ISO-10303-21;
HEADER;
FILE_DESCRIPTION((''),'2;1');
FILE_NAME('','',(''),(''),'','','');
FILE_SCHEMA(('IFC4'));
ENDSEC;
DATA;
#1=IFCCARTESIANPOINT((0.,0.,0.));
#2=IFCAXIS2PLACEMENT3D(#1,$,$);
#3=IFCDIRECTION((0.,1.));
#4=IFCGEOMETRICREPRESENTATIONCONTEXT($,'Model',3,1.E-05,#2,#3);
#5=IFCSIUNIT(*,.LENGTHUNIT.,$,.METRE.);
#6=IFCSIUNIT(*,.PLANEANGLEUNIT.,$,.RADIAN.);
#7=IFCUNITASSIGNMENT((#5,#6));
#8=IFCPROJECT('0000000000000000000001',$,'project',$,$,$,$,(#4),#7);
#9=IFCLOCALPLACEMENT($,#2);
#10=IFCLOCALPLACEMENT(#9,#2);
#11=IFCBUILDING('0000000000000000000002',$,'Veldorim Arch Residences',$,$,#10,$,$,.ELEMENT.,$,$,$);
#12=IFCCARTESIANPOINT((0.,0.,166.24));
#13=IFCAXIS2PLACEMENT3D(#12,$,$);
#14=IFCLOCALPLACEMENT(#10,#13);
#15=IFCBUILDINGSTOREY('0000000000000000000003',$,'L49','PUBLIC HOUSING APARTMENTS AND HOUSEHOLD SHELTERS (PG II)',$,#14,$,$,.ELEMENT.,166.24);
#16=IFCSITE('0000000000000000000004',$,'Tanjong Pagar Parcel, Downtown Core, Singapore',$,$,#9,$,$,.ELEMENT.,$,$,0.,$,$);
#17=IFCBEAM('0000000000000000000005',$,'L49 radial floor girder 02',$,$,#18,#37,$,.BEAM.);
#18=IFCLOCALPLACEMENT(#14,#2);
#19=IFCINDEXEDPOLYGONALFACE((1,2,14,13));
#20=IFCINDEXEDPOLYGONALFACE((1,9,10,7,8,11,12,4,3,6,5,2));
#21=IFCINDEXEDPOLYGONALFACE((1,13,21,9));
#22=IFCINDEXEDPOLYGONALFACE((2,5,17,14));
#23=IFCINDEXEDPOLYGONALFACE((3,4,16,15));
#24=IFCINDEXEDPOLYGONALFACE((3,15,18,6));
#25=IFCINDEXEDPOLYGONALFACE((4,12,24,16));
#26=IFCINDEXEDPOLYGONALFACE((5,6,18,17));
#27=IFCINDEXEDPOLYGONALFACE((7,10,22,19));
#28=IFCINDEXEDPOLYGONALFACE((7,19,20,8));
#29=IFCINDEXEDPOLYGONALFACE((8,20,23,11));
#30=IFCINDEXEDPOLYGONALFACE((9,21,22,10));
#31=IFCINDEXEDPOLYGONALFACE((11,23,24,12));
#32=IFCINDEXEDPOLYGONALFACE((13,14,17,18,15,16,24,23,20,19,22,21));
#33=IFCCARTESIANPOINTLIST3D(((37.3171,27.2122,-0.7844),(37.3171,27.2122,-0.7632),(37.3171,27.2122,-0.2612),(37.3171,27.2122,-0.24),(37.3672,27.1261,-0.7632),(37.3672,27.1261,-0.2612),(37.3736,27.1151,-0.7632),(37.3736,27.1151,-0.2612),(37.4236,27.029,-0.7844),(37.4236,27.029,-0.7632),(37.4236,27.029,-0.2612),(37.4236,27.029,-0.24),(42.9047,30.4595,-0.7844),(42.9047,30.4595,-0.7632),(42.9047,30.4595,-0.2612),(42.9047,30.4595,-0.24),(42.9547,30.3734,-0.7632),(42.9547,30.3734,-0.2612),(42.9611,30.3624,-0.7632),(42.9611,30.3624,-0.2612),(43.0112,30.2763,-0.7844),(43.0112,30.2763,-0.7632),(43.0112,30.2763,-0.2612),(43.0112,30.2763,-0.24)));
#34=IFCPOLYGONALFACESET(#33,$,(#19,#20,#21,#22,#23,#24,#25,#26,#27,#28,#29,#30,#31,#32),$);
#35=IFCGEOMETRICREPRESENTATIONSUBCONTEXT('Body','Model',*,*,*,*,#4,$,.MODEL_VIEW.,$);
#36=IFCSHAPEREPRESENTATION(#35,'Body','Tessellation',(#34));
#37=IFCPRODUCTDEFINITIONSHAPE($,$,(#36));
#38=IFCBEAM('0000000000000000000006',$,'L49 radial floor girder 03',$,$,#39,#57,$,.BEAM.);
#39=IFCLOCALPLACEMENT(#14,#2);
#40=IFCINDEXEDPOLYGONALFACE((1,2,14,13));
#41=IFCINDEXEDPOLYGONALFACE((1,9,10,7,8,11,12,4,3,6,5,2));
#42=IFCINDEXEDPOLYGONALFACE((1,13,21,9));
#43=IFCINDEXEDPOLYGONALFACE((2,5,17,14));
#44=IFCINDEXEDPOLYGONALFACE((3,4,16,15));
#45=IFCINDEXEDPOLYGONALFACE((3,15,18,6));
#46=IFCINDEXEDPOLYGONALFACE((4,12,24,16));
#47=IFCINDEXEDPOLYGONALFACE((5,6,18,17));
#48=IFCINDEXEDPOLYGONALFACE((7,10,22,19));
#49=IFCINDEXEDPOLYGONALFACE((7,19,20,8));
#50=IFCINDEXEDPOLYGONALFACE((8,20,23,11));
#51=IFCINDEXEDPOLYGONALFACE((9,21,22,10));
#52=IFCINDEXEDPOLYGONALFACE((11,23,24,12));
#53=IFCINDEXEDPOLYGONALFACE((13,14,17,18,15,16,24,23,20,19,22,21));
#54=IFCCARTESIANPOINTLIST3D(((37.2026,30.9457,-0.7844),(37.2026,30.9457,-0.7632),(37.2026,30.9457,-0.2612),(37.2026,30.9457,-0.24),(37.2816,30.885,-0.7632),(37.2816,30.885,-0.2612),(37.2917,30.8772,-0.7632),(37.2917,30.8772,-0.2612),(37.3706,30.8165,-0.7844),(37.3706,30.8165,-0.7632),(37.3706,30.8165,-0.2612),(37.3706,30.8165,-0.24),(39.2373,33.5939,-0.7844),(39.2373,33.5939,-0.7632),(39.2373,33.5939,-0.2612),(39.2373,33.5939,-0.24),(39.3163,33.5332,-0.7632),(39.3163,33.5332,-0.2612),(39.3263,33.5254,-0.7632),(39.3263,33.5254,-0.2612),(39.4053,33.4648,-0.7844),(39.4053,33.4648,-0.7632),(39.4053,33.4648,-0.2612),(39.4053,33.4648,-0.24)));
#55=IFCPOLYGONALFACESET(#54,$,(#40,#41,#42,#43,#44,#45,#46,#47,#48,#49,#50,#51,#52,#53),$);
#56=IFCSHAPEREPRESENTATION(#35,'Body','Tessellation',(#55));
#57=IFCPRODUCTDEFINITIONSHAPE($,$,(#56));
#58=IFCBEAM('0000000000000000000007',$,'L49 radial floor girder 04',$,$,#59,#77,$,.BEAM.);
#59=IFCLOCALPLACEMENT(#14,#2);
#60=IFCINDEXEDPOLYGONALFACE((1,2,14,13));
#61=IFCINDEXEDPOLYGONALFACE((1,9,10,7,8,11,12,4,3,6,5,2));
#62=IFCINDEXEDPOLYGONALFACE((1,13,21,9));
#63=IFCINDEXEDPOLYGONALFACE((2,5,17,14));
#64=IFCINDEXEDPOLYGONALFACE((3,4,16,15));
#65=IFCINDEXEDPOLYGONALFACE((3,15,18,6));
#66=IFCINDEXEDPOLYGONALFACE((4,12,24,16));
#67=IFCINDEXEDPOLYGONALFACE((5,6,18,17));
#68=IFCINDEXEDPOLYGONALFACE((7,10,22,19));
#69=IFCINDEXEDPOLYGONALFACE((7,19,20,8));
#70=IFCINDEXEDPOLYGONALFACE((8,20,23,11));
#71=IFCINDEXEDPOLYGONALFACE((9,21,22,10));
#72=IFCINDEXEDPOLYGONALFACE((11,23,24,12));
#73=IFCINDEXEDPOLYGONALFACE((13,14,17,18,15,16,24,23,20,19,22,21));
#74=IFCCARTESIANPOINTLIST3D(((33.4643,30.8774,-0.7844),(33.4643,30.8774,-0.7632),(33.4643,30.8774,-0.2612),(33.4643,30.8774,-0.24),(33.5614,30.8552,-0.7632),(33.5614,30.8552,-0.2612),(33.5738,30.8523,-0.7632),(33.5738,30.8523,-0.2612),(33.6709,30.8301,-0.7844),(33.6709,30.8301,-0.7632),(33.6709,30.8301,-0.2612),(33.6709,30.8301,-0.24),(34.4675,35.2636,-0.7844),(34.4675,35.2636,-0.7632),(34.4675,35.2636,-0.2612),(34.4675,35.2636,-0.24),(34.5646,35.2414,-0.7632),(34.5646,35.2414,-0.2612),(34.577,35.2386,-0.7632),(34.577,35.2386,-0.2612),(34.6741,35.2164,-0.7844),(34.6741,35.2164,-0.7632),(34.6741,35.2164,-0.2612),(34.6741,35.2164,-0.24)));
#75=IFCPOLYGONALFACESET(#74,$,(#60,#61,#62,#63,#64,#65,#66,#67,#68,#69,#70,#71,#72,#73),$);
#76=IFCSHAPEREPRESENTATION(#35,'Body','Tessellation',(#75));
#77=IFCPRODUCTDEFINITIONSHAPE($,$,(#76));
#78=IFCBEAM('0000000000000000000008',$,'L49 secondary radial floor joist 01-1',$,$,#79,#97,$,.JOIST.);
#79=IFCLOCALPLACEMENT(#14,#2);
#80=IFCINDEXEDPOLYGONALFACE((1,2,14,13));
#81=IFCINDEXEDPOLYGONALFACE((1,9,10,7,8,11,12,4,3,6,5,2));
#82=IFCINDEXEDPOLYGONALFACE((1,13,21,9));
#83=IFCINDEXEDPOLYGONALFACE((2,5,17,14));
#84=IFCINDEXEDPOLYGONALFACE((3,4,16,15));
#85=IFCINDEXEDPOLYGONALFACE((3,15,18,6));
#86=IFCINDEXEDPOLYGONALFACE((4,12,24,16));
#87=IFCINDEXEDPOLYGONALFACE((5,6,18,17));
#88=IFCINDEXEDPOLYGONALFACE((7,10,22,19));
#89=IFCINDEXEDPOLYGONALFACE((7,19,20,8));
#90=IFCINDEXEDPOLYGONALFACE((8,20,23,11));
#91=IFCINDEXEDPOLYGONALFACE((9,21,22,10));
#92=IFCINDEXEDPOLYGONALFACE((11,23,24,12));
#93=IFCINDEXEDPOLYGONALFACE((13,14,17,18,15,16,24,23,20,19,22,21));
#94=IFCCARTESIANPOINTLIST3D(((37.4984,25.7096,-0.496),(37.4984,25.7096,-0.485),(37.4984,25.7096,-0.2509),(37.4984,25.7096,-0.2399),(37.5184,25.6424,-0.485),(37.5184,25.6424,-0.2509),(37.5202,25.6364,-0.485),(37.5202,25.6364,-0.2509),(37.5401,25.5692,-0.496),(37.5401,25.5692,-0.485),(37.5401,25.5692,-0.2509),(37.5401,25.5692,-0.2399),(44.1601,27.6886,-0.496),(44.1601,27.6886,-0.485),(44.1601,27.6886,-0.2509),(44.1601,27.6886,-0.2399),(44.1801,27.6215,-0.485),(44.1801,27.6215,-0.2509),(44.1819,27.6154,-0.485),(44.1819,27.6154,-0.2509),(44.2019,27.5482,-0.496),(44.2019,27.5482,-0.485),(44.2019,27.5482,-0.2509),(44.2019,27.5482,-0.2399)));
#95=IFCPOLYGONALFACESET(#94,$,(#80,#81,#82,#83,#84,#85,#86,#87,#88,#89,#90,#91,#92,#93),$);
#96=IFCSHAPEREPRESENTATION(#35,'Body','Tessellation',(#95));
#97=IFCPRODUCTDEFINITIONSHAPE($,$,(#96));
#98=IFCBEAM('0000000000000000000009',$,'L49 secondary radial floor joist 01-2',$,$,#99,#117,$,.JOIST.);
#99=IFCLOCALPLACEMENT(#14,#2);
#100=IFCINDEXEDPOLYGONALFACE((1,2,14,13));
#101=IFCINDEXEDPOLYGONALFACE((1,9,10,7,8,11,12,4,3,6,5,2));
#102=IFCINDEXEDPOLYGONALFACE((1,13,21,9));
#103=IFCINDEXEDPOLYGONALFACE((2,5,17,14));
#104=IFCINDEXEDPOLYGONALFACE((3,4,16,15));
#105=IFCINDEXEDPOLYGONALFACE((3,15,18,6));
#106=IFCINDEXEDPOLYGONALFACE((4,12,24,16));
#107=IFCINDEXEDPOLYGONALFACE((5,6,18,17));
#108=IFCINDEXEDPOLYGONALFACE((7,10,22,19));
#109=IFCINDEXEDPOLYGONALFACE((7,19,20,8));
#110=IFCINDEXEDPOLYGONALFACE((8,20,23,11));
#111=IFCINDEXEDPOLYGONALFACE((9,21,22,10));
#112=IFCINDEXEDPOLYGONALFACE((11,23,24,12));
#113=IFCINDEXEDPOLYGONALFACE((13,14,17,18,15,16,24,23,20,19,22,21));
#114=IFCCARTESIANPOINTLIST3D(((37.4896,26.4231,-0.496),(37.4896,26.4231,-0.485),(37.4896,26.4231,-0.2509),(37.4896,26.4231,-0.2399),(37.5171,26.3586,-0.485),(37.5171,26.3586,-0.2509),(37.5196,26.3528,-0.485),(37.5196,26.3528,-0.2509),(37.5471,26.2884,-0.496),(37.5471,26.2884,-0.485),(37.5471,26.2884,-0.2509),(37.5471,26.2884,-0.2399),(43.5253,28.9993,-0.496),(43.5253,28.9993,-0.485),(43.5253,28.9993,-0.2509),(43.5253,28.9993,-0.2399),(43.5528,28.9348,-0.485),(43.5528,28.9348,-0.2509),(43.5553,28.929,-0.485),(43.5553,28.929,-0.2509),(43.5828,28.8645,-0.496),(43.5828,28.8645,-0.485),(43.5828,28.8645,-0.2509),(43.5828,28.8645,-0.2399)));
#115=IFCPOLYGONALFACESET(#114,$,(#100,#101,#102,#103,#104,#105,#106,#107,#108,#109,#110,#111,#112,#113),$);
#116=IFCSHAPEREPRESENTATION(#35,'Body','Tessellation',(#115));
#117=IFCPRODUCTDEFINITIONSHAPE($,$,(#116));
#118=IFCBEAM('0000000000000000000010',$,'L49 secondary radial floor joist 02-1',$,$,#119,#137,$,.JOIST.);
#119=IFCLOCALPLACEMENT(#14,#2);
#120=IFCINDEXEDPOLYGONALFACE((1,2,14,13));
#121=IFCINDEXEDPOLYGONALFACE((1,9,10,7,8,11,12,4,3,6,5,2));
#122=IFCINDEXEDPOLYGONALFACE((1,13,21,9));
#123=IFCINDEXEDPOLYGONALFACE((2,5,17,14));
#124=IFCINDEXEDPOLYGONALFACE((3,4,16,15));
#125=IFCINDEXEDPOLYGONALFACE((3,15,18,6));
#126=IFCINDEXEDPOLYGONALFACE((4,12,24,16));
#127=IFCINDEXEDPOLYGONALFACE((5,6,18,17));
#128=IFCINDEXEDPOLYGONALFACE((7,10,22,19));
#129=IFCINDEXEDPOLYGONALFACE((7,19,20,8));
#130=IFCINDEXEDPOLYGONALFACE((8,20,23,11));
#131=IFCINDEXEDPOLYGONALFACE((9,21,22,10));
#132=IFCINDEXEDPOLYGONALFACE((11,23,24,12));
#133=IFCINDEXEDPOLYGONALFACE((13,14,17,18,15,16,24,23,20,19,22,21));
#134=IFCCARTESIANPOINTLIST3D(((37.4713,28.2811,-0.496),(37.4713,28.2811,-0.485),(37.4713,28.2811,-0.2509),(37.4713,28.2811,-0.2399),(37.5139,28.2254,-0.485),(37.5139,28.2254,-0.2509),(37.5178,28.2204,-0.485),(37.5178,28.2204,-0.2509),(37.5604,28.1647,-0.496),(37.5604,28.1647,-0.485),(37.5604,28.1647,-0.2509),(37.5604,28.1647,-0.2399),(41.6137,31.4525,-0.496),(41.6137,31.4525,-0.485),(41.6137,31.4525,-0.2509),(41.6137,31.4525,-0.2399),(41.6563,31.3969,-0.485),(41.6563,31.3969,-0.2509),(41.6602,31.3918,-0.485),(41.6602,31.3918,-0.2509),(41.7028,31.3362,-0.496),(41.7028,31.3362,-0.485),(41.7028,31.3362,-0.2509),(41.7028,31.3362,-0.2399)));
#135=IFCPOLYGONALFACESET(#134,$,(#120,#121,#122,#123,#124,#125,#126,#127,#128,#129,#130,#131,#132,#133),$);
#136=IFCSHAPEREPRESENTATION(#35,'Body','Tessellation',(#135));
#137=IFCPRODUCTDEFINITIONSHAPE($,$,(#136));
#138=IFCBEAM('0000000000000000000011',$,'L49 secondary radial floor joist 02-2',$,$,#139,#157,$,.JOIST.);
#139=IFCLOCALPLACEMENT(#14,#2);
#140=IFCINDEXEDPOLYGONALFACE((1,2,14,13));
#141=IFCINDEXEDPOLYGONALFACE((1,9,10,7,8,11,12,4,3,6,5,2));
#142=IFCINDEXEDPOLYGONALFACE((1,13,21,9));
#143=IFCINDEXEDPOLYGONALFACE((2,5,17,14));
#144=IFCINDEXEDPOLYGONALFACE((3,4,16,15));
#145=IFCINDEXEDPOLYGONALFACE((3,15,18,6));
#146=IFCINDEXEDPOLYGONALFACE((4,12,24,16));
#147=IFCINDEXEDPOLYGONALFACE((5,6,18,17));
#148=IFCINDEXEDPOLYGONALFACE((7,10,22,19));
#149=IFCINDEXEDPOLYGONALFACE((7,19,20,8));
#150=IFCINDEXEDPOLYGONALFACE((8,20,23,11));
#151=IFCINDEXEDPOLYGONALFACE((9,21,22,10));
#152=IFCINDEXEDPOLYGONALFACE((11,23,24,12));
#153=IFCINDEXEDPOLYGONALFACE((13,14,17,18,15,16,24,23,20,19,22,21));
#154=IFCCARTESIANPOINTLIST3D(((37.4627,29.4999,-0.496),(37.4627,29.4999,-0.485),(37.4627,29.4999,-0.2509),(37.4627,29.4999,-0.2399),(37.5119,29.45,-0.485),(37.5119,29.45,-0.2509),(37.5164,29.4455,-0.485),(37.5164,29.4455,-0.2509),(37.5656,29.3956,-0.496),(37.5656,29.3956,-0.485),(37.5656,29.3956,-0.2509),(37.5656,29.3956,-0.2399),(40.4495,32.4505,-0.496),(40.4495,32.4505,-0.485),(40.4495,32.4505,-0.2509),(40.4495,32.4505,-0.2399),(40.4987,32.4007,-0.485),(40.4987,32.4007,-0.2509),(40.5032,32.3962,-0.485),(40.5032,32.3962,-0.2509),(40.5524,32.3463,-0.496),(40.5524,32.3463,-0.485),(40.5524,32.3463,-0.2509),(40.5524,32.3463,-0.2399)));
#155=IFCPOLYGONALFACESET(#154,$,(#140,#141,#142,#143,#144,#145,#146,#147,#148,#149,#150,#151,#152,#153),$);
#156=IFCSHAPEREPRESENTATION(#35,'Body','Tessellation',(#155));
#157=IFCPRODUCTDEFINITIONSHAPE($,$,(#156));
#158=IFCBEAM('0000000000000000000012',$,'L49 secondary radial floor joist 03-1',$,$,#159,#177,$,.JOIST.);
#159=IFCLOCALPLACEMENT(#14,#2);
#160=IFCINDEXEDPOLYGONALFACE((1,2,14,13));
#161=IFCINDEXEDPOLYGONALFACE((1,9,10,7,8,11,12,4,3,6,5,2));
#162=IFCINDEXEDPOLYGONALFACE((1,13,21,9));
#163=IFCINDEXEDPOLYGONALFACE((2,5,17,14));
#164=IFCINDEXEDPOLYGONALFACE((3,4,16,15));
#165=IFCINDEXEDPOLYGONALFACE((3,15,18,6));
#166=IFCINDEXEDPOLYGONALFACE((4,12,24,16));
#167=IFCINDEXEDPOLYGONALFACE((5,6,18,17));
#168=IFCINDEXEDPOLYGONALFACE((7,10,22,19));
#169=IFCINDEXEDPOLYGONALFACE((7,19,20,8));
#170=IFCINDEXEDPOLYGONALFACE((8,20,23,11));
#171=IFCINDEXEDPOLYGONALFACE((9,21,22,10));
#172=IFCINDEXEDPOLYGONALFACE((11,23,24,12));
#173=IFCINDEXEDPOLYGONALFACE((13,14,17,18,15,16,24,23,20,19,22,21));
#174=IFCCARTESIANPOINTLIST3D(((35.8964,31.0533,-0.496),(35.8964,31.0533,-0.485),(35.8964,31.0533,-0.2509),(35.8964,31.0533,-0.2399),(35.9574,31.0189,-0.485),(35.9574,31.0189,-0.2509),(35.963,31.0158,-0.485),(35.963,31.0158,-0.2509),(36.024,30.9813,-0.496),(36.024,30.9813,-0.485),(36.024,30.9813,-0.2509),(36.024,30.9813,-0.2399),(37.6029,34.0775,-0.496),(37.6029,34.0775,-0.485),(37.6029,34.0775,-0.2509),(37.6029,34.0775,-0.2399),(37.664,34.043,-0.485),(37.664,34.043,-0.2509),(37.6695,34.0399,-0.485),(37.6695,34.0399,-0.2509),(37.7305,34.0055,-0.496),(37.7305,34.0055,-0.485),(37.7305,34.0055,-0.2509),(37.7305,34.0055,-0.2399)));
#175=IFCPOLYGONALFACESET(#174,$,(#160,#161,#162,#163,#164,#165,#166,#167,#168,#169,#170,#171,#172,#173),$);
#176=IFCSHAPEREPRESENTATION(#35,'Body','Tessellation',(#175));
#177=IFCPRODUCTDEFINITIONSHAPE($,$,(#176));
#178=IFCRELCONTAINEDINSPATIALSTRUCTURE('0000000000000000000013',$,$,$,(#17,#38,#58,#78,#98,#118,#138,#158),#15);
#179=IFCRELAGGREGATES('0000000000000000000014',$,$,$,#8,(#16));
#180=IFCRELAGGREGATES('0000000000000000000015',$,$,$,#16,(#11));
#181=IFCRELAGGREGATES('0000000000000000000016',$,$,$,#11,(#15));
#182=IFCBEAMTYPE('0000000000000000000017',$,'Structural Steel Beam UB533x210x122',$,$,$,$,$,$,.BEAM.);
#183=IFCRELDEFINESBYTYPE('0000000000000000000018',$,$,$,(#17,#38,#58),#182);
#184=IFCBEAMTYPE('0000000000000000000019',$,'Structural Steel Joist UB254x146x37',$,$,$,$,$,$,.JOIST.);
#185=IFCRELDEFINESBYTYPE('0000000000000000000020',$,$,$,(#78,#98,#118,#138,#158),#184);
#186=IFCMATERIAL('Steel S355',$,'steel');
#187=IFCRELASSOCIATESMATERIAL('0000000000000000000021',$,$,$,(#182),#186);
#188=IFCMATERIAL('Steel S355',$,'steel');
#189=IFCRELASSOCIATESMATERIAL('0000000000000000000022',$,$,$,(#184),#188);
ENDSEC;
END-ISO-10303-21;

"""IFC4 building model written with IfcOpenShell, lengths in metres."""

from ifc_helpers import new_model, si_unit, direction, frame, origin, origin_2d, place, context, subcontext, project, spatial, i_section, extrude, material, material_profile, profile_set, type_object, element, save


model = new_model("IFC4")

# Units and contexts
model_context = context("Model", 3, precision=1e-05, world=origin(), true_north=direction((0.0, 1.0)))
body_context = subcontext(model_context, "Body", "Model", "MODEL_VIEW")
ifc_project = project(units=[si_unit("LENGTHUNIT", "METRE"), si_unit("PLANEANGLEUNIT", "RADIAN")], contexts=[model_context])

# Site, building, storey
site_placement = place(None, origin())
site = spatial("IfcSite", under=ifc_project, at=site_placement, Name="Tanjong Pagar Parcel, Downtown Core, Singapore", CompositionType="ELEMENT", RefElevation=0.0)
building_placement = place(site_placement, origin())
building = spatial("IfcBuilding", under=site, at=building_placement, Name="Veldorim Arch Residences", CompositionType="ELEMENT")
storey_placement = place(building_placement, frame((0.0, 0.0, 166.24)))
storey = spatial("IfcBuildingStorey", under=building, at=storey_placement, Name="L49", Description="PUBLIC HOUSING APARTMENTS AND HOUSEHOLD SHELTERS (PG II)", CompositionType="ELEMENT", Elevation=166.24)

# Beams
ifc_material_1 = material(Name="Steel S355", Category="steel")
ifc_material_profile_1 = material_profile(ifc_material_1, i_section(OverallWidth=0.2119, OverallDepth=0.5444, WebThickness=0.0127, FlangeThickness=0.0212, at=origin_2d()), Name="UB533x210x122")
ifc_profile_set_1 = profile_set([ifc_material_profile_1], Name="Steel S355")
beam_type_1 = type_object("IfcBeamType", Name="Structural Steel Beam UB533x210x122", PredefinedType="BEAM", material=ifc_profile_set_1)
beam_1_placement = place(storey_placement, frame((37.3704, 27.1206, -0.5122), z_axis=(0.864596, 0.502468, 0.0), x_axis=(-0.502468, 0.864596, 0.0)))
element("IfcBeam", 1, at=beam_1_placement, inside=storey, type_object=beam_type_1, Name="L49 radial floor girder 02", PredefinedType="BEAM", context=body_context, shape_type="SweptSolid", body=[
    extrude(i_section(OverallWidth=0.2119, OverallDepth=0.5444, WebThickness=0.0127, FlangeThickness=0.0212, at=origin_2d()), origin(), (0.0, 0.0, 1.0), 6.4626),
])
beam_2_placement = place(storey_placement, frame((37.2866, 30.8811, -0.5122), z_axis=(0.609258, 0.792972, 0.0), x_axis=(-0.792972, 0.609258, 0.0)))
element("IfcBeam", 2, at=beam_2_placement, inside=storey, type_object=beam_type_1, Name="L49 radial floor girder 03", PredefinedType="BEAM", context=body_context, shape_type="SweptSolid", body=[
    extrude(i_section(OverallWidth=0.2119, OverallDepth=0.5444, WebThickness=0.0127, FlangeThickness=0.0212, at=origin_2d()), origin(), (0.0, 0.0, 1.0), 3.3396),
])
beam_3_placement = place(storey_placement, frame((33.5676, 30.8538, -0.5122), z_axis=(0.222953, 0.974829, 0.0), x_axis=(-0.974829, 0.222953, 0.0)))
element("IfcBeam", 3, at=beam_3_placement, inside=storey, type_object=beam_type_1, Name="L49 radial floor girder 04", PredefinedType="BEAM", context=body_context, shape_type="SweptSolid", body=[
    extrude(i_section(OverallWidth=0.2119, OverallDepth=0.5444, WebThickness=0.0127, FlangeThickness=0.0212, at=origin_2d()), origin(), (0.0, 0.0, 1.0), 4.4995),
])
ifc_material_2 = material(Name="Steel S355", Category="steel")
ifc_material_profile_2 = material_profile(ifc_material_2, i_section(OverallWidth=0.1465, OverallDepth=0.2561, WebThickness=0.0063, FlangeThickness=0.011, at=origin_2d()), Name="UB254x146x37")
ifc_profile_set_2 = profile_set([ifc_material_profile_2], Name="Steel S355")
beam_type_2 = type_object("IfcBeamType", Name="Structural Steel Joist UB254x146x37", PredefinedType="JOIST", material=ifc_profile_set_2)
beam_4_placement = place(storey_placement, frame((37.5193, 25.6394, -0.3679), z_axis=(0.958594, 0.284775, 0.0), x_axis=(-0.284775, 0.958594, 0.0)))
element("IfcBeam", 4, at=beam_4_placement, inside=storey, type_object=beam_type_2, Name="L49 secondary radial floor joist 01-1", PredefinedType="JOIST", context=body_context, shape_type="SweptSolid", body=[
    extrude(i_section(OverallWidth=0.1465, OverallDepth=0.2561, WebThickness=0.0063, FlangeThickness=0.011, at=origin_2d()), origin(), (0.0, 0.0, 1.0), 6.9495),
])
beam_5_placement = place(storey_placement, frame((37.5183, 26.3557, -0.3679), z_axis=(0.919725, 0.392563, 0.0), x_axis=(-0.392563, 0.919725, 0.0)))
element("IfcBeam", 5, at=beam_5_placement, inside=storey, type_object=beam_type_2, Name="L49 secondary radial floor joist 01-2", PredefinedType="JOIST", context=body_context, shape_type="SweptSolid", body=[
    extrude(i_section(OverallWidth=0.1465, OverallDepth=0.2561, WebThickness=0.0063, FlangeThickness=0.011, at=origin_2d()), origin(), (0.0, 0.0, 1.0), 6.5625),
])
beam_6_placement = place(storey_placement, frame((37.5159, 28.2229, -0.3679), z_axis=(0.794014, 0.6079, 0.0), x_axis=(-0.6079, 0.794014, 0.0)))
element("IfcBeam", 6, at=beam_6_placement, inside=storey, type_object=beam_type_2, Name="L49 secondary radial floor joist 02-1", PredefinedType="JOIST", context=body_context, shape_type="SweptSolid", body=[
    extrude(i_section(OverallWidth=0.1465, OverallDepth=0.2561, WebThickness=0.0063, FlangeThickness=0.011, at=origin_2d()), origin(), (0.0, 0.0, 1.0), 5.217),
])
beam_7_placement = place(storey_placement, frame((37.5142, 29.4478, -0.3679), z_axis=(0.711397, 0.702791, 0.0), x_axis=(-0.702791, 0.711397, 0.0)))
element("IfcBeam", 7, at=beam_7_placement, inside=storey, type_object=beam_type_2, Name="L49 secondary radial floor joist 02-2", PredefinedType="JOIST", context=body_context, shape_type="SweptSolid", body=[
    extrude(i_section(OverallWidth=0.1465, OverallDepth=0.2561, WebThickness=0.0063, FlangeThickness=0.011, at=origin_2d()), origin(), (0.0, 0.0, 1.0), 4.1985),
])
beam_8_placement = place(storey_placement, frame((35.9602, 31.0173, -0.3679), z_axis=(0.491452, 0.870904, 0.0), x_axis=(-0.870904, 0.491452, 0.0)))
element("IfcBeam", 8, at=beam_8_placement, inside=storey, type_object=beam_type_2, Name="L49 secondary radial floor joist 03-1", PredefinedType="JOIST", context=body_context, shape_type="SweptSolid", body=[
    extrude(i_section(OverallWidth=0.1465, OverallDepth=0.2561, WebThickness=0.0063, FlangeThickness=0.011, at=origin_2d()), origin(), (0.0, 0.0, 1.0), 3.4724),
])

save(model, "model.ifc")
